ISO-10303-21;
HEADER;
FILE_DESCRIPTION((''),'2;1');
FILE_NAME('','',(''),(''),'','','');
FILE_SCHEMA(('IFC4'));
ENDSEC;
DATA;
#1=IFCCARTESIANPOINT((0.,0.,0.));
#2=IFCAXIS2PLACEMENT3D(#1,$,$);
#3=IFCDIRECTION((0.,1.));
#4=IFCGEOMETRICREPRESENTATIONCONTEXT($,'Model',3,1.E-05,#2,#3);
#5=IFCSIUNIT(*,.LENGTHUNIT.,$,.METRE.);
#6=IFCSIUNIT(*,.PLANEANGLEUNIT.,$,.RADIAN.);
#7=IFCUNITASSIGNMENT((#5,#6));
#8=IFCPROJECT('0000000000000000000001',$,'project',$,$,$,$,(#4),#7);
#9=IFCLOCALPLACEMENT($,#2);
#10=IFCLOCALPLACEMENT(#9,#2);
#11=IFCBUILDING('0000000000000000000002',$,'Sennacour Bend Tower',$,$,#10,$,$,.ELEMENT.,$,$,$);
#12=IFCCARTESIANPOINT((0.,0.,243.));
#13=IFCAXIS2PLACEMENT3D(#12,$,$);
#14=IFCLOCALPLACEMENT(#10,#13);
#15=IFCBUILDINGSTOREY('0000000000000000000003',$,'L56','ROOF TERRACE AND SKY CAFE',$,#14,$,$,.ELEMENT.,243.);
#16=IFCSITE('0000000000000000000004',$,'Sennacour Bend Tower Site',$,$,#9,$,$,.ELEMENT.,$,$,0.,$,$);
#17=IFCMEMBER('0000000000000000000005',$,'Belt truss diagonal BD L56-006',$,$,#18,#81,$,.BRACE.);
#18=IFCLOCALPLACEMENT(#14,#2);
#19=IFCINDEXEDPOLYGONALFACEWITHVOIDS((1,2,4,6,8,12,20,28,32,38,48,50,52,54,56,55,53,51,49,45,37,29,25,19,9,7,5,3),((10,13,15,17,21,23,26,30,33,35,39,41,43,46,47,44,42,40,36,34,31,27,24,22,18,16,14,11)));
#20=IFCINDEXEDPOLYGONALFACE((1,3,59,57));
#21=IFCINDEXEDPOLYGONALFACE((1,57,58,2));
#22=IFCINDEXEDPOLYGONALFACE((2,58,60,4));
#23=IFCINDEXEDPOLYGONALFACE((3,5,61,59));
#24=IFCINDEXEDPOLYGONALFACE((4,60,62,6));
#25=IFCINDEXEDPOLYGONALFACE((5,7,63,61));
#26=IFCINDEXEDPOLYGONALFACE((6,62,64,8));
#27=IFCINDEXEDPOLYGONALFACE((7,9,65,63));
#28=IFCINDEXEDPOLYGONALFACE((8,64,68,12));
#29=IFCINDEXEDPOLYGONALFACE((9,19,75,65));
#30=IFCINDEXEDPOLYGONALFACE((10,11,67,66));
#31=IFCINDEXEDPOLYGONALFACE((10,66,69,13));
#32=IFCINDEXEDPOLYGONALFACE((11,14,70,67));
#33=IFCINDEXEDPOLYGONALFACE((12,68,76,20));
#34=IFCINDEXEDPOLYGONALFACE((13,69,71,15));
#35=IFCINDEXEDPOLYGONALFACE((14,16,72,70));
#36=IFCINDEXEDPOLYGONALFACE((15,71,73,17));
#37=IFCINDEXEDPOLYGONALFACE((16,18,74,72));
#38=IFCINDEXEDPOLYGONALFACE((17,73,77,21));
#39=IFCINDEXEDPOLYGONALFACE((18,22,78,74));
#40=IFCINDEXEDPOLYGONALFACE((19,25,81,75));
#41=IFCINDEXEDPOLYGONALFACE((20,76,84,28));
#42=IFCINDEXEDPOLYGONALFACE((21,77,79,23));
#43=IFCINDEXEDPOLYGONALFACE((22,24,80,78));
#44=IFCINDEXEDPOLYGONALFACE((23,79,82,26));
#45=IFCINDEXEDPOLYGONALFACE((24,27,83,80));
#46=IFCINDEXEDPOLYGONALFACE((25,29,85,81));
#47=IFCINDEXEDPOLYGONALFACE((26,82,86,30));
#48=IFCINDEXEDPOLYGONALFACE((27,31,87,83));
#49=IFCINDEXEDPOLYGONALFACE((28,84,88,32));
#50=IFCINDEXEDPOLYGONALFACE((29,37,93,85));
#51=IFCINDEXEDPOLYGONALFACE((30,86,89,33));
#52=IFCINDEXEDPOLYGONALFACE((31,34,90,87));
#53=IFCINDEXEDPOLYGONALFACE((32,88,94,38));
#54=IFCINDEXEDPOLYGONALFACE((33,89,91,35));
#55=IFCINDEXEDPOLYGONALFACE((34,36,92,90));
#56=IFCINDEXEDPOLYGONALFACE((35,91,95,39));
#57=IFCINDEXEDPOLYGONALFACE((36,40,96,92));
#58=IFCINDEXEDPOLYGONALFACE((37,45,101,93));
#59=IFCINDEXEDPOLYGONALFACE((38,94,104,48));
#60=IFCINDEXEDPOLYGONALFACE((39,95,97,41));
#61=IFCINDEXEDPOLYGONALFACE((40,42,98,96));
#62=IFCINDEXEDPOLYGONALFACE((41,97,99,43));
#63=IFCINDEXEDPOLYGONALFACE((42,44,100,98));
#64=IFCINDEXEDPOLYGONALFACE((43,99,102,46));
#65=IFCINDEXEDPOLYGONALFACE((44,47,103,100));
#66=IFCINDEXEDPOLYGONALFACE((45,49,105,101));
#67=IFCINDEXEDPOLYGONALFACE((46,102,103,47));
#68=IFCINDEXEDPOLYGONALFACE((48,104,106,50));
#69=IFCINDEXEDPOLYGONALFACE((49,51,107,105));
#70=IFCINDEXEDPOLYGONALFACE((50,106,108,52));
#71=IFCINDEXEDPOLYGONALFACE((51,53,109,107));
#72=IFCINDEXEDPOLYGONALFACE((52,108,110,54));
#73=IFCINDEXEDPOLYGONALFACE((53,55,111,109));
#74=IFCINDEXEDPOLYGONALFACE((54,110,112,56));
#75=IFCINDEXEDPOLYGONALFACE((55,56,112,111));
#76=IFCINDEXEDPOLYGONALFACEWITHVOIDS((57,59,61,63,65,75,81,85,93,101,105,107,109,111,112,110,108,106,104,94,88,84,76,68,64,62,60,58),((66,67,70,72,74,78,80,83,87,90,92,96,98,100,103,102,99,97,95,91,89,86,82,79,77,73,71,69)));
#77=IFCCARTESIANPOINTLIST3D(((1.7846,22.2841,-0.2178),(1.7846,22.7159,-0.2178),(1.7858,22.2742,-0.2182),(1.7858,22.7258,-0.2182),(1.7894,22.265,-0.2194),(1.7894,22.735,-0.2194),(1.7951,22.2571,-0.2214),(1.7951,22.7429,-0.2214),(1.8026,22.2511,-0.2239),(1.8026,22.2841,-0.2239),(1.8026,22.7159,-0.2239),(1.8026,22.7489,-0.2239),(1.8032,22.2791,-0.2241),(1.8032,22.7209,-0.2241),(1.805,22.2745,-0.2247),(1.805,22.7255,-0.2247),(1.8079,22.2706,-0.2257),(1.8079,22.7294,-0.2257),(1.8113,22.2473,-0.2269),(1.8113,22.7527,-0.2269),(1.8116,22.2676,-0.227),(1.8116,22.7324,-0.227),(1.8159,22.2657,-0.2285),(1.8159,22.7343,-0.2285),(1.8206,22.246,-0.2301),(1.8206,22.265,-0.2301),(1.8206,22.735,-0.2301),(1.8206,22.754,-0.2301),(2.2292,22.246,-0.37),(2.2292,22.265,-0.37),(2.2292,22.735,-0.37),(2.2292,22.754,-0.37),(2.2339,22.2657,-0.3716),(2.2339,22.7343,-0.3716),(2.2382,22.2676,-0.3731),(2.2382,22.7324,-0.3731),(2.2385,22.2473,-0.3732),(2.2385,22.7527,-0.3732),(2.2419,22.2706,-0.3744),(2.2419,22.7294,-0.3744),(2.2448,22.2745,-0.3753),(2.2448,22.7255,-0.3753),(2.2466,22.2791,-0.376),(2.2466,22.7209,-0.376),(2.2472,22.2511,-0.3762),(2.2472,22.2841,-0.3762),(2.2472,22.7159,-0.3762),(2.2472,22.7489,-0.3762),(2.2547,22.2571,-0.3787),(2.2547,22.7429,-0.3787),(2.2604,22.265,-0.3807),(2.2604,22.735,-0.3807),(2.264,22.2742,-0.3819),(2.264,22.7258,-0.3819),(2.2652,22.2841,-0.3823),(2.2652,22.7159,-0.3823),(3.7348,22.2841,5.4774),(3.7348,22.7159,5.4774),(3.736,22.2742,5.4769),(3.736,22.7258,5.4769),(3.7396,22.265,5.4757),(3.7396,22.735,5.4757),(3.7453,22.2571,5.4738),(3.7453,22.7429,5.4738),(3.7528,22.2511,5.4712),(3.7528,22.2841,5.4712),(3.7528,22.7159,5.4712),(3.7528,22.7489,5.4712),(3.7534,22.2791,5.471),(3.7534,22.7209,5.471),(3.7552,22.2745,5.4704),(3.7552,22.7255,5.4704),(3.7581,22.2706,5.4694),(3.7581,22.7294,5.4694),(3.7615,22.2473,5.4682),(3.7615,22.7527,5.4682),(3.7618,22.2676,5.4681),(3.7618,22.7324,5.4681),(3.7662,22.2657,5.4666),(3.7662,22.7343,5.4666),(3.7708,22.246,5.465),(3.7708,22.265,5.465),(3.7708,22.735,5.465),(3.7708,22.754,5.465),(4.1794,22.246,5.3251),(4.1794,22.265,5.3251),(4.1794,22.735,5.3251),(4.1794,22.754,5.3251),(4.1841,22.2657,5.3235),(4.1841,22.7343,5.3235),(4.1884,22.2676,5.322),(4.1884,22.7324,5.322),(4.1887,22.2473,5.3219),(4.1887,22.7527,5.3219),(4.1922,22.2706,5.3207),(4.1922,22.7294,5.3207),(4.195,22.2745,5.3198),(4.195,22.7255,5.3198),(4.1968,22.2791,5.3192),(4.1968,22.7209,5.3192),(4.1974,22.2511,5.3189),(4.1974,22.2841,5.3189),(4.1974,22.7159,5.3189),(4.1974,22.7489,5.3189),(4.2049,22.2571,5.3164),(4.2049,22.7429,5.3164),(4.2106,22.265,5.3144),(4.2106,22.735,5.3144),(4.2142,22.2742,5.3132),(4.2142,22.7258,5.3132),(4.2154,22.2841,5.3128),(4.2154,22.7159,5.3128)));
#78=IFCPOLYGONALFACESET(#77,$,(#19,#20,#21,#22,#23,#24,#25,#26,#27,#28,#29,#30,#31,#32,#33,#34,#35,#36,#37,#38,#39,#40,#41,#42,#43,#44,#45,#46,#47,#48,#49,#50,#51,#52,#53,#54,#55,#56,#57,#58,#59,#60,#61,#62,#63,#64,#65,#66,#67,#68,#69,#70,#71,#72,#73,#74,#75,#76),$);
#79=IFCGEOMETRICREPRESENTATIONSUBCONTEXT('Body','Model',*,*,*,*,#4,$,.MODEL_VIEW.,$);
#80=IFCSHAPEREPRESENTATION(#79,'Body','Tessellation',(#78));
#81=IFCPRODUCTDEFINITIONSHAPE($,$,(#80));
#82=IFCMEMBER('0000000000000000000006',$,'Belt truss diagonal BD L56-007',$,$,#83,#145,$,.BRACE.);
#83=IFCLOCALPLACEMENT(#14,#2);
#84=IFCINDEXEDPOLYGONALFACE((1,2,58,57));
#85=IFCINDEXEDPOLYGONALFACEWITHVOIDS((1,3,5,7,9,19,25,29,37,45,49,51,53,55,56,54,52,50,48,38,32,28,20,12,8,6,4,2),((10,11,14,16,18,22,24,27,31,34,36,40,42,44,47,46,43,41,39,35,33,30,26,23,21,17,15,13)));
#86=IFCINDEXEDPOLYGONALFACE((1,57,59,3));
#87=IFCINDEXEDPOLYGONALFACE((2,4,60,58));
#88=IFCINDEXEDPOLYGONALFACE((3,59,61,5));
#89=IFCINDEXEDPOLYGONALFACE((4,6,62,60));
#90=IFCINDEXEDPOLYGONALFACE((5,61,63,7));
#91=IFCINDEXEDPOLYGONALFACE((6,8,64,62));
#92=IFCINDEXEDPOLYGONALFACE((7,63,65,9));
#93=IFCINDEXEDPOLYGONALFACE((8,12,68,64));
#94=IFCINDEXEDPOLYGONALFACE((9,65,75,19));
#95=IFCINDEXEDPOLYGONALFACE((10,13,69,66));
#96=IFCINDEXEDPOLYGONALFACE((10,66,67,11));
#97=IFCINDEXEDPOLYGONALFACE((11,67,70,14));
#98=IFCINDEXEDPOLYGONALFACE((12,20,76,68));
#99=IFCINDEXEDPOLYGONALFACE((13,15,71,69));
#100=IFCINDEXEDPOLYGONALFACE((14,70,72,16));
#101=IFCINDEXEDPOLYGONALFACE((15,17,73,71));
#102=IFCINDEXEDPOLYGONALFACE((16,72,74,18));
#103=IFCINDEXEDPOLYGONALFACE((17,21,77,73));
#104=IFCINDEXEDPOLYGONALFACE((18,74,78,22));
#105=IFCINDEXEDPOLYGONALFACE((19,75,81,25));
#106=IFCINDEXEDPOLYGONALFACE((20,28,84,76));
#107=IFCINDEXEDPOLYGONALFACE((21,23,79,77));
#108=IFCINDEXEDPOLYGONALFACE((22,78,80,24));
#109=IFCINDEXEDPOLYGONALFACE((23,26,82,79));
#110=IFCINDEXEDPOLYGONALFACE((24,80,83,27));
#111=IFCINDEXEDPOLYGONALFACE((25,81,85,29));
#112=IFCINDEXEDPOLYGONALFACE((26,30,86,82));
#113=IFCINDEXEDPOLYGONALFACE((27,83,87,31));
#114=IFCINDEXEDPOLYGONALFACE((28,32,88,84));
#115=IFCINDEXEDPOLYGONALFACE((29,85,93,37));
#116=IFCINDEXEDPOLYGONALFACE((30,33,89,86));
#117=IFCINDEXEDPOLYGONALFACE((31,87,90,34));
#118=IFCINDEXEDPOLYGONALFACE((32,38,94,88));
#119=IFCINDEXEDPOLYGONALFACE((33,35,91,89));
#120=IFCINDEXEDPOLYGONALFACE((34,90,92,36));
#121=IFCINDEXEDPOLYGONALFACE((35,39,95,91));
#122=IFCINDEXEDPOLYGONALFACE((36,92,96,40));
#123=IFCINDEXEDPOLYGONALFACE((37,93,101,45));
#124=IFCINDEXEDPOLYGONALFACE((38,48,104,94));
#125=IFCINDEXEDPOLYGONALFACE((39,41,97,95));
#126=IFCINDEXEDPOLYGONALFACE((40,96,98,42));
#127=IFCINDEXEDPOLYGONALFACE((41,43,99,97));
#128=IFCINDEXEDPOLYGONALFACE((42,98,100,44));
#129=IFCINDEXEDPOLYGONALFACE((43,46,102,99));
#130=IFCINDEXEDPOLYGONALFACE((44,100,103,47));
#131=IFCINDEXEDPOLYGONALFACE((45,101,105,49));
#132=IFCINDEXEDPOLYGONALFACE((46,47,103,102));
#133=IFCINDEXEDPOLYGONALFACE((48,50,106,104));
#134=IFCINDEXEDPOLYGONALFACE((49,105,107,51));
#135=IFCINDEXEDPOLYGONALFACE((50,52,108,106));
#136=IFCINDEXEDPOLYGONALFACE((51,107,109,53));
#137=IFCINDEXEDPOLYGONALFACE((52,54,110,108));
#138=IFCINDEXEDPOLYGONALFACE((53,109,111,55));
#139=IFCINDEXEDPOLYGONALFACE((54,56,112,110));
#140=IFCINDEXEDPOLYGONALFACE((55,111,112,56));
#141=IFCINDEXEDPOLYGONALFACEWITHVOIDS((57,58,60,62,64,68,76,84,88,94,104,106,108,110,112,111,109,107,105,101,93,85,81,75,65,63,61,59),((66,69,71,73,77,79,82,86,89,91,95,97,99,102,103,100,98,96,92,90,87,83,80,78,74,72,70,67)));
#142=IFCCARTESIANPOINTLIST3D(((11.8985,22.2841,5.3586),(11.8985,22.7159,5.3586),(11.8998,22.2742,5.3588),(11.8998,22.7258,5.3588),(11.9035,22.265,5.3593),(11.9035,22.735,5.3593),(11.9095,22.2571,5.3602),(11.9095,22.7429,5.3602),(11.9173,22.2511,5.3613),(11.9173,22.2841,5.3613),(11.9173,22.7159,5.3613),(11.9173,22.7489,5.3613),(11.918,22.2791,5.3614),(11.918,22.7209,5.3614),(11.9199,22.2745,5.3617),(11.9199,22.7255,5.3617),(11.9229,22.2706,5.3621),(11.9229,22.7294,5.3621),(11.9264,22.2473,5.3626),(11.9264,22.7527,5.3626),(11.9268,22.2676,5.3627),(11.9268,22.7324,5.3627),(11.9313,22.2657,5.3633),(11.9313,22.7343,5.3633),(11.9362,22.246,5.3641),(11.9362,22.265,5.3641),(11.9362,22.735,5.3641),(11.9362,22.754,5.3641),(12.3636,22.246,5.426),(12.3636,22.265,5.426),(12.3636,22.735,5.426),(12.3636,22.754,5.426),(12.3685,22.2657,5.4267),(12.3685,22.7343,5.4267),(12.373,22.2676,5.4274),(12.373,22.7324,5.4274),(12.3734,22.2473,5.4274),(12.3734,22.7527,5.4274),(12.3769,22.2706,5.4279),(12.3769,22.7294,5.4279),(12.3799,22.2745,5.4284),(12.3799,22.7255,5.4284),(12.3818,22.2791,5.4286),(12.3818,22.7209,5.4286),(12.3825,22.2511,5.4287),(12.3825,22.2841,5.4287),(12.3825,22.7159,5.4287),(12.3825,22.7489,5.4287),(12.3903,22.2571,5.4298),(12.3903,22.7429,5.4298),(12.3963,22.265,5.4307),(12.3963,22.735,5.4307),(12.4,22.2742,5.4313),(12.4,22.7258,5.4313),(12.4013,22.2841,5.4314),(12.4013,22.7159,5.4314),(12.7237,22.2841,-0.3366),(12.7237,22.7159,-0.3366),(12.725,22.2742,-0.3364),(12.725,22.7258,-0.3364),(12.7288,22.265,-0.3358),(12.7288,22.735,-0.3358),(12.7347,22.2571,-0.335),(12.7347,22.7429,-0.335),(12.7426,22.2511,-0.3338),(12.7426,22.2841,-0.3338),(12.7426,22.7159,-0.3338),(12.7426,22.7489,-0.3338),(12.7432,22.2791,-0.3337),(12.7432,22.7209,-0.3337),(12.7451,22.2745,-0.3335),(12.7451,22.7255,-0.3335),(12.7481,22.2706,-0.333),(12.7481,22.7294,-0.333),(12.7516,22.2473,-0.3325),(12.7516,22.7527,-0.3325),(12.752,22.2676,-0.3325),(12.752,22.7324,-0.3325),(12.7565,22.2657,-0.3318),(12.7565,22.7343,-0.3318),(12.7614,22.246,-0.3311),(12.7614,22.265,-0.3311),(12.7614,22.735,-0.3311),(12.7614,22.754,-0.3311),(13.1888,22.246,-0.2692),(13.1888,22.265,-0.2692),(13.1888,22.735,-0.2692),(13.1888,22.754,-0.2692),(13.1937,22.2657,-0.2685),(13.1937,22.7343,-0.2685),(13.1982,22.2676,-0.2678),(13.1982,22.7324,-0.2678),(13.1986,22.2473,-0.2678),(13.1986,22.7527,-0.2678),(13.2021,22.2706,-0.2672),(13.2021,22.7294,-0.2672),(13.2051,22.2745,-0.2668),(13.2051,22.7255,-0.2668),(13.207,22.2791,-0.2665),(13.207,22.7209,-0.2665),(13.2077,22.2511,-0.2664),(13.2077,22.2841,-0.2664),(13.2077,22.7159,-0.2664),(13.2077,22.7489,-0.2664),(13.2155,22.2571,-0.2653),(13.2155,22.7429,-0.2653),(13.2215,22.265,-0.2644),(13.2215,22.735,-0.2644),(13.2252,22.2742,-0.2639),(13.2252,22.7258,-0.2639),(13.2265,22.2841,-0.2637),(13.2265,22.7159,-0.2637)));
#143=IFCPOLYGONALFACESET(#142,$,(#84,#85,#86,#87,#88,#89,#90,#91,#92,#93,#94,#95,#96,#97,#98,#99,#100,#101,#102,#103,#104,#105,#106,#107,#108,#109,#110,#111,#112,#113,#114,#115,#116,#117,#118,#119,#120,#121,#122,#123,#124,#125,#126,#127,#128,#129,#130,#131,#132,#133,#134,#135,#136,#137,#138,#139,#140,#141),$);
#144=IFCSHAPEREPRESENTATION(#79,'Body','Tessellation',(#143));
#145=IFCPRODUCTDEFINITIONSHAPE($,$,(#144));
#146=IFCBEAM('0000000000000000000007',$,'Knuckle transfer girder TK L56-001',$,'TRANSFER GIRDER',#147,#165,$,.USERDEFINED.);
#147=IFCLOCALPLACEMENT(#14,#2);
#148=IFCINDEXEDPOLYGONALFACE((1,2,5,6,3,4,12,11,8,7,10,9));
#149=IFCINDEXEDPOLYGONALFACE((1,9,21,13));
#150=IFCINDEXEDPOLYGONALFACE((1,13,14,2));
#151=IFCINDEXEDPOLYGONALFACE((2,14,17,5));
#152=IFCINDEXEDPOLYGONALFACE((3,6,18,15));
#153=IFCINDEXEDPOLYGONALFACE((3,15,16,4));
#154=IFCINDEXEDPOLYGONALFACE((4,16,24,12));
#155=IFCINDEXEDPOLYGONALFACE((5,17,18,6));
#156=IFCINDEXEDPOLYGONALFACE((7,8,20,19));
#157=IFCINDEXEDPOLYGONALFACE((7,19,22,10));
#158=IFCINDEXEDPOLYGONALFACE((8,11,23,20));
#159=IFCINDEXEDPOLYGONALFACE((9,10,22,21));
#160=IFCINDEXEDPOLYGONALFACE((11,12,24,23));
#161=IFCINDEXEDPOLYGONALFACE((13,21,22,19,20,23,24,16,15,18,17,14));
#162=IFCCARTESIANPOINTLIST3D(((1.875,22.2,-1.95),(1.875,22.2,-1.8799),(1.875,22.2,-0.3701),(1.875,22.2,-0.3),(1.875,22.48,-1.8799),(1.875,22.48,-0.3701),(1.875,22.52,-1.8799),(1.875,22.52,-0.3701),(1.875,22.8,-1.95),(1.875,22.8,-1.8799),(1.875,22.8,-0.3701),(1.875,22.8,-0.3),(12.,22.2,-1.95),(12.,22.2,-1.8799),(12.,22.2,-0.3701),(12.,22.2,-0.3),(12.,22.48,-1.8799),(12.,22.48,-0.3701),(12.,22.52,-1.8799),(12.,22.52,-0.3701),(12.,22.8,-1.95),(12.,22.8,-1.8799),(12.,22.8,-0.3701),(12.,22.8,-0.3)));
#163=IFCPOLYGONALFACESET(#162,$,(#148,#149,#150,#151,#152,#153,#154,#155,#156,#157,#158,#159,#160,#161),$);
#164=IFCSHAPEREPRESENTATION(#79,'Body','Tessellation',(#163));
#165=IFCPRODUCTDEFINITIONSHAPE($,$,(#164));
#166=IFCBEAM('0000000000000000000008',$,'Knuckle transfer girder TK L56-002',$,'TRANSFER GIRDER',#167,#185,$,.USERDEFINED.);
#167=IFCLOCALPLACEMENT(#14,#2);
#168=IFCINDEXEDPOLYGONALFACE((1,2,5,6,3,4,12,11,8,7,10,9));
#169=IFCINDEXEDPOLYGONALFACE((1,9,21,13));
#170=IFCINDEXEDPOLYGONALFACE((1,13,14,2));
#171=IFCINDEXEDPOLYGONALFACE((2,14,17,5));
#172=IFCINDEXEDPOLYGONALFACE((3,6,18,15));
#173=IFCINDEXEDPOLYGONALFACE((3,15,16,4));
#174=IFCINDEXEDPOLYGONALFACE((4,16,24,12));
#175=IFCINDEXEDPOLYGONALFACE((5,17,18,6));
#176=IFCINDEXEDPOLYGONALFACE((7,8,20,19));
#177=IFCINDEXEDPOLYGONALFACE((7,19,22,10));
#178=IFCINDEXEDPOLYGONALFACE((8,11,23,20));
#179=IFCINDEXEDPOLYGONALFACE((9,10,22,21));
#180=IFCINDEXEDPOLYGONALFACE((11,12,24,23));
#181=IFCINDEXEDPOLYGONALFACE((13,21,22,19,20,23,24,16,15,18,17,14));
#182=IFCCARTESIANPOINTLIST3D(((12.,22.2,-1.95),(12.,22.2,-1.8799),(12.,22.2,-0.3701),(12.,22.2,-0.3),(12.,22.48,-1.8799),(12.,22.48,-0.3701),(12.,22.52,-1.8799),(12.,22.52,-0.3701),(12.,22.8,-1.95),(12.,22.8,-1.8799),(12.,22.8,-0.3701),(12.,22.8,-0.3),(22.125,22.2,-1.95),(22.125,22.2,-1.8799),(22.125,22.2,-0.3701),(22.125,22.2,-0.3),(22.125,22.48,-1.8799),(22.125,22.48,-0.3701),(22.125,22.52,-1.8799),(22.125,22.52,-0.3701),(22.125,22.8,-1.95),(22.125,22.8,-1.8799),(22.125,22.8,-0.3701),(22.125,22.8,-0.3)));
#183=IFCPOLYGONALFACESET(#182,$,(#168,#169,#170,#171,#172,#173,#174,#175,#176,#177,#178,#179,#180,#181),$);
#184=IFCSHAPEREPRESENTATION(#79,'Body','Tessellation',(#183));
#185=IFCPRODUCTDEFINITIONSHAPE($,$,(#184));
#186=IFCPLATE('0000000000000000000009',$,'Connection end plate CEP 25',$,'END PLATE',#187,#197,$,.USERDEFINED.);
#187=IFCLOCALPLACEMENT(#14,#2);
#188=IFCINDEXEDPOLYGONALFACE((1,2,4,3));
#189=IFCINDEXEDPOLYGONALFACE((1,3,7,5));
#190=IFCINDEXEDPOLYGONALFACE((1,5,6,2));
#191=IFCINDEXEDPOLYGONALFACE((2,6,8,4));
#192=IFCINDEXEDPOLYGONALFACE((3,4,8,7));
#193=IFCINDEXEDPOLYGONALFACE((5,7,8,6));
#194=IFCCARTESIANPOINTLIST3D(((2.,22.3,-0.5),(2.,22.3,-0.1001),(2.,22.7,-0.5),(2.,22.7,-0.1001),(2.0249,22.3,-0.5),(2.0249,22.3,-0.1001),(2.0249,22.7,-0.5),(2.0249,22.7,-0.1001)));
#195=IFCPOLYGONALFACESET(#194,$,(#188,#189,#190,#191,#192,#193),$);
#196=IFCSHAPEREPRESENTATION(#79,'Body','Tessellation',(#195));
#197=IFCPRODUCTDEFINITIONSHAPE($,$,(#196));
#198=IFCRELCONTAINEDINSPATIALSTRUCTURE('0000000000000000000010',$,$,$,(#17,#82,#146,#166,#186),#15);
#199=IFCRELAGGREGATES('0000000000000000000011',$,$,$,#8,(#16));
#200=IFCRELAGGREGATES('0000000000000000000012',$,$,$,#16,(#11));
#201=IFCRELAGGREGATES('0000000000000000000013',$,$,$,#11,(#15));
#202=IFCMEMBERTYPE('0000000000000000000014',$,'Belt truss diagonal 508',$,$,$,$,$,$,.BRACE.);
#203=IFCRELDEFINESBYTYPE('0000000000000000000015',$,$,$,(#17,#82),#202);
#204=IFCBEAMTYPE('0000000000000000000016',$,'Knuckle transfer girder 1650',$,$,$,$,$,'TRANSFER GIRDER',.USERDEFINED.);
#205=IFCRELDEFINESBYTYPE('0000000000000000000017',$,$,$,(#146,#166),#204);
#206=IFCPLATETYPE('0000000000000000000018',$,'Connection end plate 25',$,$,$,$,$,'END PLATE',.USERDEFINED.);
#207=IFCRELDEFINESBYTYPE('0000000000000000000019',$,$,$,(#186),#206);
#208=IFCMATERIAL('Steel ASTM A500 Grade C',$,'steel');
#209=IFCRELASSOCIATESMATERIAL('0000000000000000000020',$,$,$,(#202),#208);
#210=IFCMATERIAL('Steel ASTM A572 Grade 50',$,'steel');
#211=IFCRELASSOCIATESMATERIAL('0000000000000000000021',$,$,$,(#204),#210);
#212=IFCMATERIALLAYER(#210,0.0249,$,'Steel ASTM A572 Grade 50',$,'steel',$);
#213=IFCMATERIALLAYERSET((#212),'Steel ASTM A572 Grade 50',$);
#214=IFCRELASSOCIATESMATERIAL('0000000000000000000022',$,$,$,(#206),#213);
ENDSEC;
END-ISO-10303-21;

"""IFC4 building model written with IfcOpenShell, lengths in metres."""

from ifc_helpers import new_model, si_unit, direction, frame, origin, origin_2d, place, context, subcontext, project, spatial, rectangle, hollow_rectangle, i_section, extrude, material, layer, layer_set, material_profile, profile_set, type_object, element, save


model = new_model("IFC4")

# Units and contexts
model_context = context("Model", 3, precision=1e-05, world=origin(), true_north=direction((0.0, 1.0)))
body_context = subcontext(model_context, "Body", "Model", "MODEL_VIEW")
ifc_project = project(units=[si_unit("LENGTHUNIT", "METRE"), si_unit("PLANEANGLEUNIT", "RADIAN")], contexts=[model_context])

# Site, building, storey
site_placement = place(None, origin())
site = spatial("IfcSite", under=ifc_project, at=site_placement, Name="Sennacour Bend Tower Site", CompositionType="ELEMENT", RefElevation=0.0)
building_placement = place(site_placement, origin())
building = spatial("IfcBuilding", under=site, at=building_placement, Name="Sennacour Bend Tower", CompositionType="ELEMENT")
storey_placement = place(building_placement, frame((0.0, 0.0, 243.0)))
storey = spatial("IfcBuildingStorey", under=building, at=storey_placement, Name="L56", Description="ROOF TERRACE AND SKY CAFE", CompositionType="ELEMENT", Elevation=243.0)

# Shared definitions
ifc_material_1 = material(Name="Steel ASTM A572 Grade 50", Category="steel")

# Members
ifc_material_2 = material(Name="Steel ASTM A500 Grade C", Category="steel")
ifc_material_profile_1 = material_profile(ifc_material_2, hollow_rectangle(XDim=0.5081, YDim=0.5081, WallThickness=0.019, InnerFilletRadius=0.019, OuterFilletRadius=0.0381, at=origin_2d()), Name="Steel ASTM A500 Grade C", Category="steel")
ifc_profile_set_1 = profile_set([ifc_material_profile_1], Name="Steel ASTM A500 Grade C")
member_type_1 = type_object("IfcMemberType", Name="Belt truss diagonal 508", PredefinedType="BRACE", material=ifc_profile_set_1)
member_1_placement = place(storey_placement, frame((2.0249, 22.5, -0.3), z_axis=(0.323968, 0.0, 0.946068), x_axis=(0.0, 1.0, 0.0)))
element("IfcMember", 1, at=member_1_placement, inside=storey, type_object=member_type_1, Name="Belt truss diagonal BD L56-006", PredefinedType="BRACE", context=body_context, shape_type="SweptSolid", body=[
    extrude(hollow_rectangle(XDim=0.5081, YDim=0.5081, WallThickness=0.019, InnerFilletRadius=0.019, OuterFilletRadius=0.0381, at=origin_2d()), origin(), (0.0, 0.0, 1.0), 6.0198),
])
member_2_placement = place(storey_placement, frame((12.1499, 22.5, 5.395), z_axis=(0.143399, 0.0, -0.989665), x_axis=(0.0, 1.0, 0.0)))
element("IfcMember", 2, at=member_2_placement, inside=storey, type_object=member_type_1, Name="Belt truss diagonal BD L56-007", PredefinedType="BRACE", context=body_context, shape_type="SweptSolid", body=[
    extrude(hollow_rectangle(XDim=0.5081, YDim=0.5081, WallThickness=0.019, InnerFilletRadius=0.019, OuterFilletRadius=0.0381, at=origin_2d()), origin(), (0.0, 0.0, 1.0), 5.7546),
])

# Beams
ifc_material_profile_2 = material_profile(ifc_material_1, i_section(OverallWidth=0.6001, OverallDepth=1.6499, WebThickness=0.04, FlangeThickness=0.0701, at=origin_2d()), Name="Steel ASTM A572 Grade 50", Category="steel")
ifc_profile_set_2 = profile_set([ifc_material_profile_2], Name="Steel ASTM A572 Grade 50")
beam_type = type_object("IfcBeamType", Name="Knuckle transfer girder 1650", ElementType="TRANSFER GIRDER", PredefinedType="USERDEFINED", material=ifc_profile_set_2)
for number, where, z_axis, x_axis, name in (
    (3, (1.875, 22.5, -1.125), (1.0, 0.0, 0.0), (0.0, 1.0, 0.0), "Knuckle transfer girder TK L56-001"),
    (4, (12.0, 22.5, -1.125), (1.0, 0.0, 0.0), (0.0, 1.0, 0.0), "Knuckle transfer girder TK L56-002"),
):
    element("IfcBeam", number, at=place(storey_placement, frame(where, z_axis=z_axis, x_axis=x_axis)), inside=storey, type_object=beam_type, Name=name, ObjectType="TRANSFER GIRDER", PredefinedType="USERDEFINED", context=body_context, shape_type="SweptSolid", body=[
        extrude(i_section(OverallWidth=0.6001, OverallDepth=1.6499, WebThickness=0.04, FlangeThickness=0.0701, at=origin_2d()), origin(), (0.0, 0.0, 1.0), 10.125),
    ])

# Plate
ifc_layer_1 = layer(ifc_material_1, 0.0249, Name="Steel ASTM A572 Grade 50", Category="steel")
ifc_layer_set_1 = layer_set([ifc_layer_1], Name="Steel ASTM A572 Grade 50")
plate_type = type_object("IfcPlateType", Name="Connection end plate 25", ElementType="END PLATE", PredefinedType="USERDEFINED", material=ifc_layer_set_1)
for number, where, z_axis, x_axis, name in (
    (5, (2.0125, 22.5, -0.5), (0.0, 0.0, 1.0), (-1.0, 0.0, 0.0), "Connection end plate CEP 25"),
):
    element("IfcPlate", number, at=place(storey_placement, frame(where, z_axis=z_axis, x_axis=x_axis)), inside=storey, type_object=plate_type, Name=name, ObjectType="END PLATE", PredefinedType="USERDEFINED", context=body_context, shape_type="SweptSolid", body=[
        extrude(rectangle(XDim=0.0249, YDim=0.3999, at=origin_2d()), origin(), (0.0, 0.0, 1.0), 0.3999),
    ])

save(model, "model.ifc")
